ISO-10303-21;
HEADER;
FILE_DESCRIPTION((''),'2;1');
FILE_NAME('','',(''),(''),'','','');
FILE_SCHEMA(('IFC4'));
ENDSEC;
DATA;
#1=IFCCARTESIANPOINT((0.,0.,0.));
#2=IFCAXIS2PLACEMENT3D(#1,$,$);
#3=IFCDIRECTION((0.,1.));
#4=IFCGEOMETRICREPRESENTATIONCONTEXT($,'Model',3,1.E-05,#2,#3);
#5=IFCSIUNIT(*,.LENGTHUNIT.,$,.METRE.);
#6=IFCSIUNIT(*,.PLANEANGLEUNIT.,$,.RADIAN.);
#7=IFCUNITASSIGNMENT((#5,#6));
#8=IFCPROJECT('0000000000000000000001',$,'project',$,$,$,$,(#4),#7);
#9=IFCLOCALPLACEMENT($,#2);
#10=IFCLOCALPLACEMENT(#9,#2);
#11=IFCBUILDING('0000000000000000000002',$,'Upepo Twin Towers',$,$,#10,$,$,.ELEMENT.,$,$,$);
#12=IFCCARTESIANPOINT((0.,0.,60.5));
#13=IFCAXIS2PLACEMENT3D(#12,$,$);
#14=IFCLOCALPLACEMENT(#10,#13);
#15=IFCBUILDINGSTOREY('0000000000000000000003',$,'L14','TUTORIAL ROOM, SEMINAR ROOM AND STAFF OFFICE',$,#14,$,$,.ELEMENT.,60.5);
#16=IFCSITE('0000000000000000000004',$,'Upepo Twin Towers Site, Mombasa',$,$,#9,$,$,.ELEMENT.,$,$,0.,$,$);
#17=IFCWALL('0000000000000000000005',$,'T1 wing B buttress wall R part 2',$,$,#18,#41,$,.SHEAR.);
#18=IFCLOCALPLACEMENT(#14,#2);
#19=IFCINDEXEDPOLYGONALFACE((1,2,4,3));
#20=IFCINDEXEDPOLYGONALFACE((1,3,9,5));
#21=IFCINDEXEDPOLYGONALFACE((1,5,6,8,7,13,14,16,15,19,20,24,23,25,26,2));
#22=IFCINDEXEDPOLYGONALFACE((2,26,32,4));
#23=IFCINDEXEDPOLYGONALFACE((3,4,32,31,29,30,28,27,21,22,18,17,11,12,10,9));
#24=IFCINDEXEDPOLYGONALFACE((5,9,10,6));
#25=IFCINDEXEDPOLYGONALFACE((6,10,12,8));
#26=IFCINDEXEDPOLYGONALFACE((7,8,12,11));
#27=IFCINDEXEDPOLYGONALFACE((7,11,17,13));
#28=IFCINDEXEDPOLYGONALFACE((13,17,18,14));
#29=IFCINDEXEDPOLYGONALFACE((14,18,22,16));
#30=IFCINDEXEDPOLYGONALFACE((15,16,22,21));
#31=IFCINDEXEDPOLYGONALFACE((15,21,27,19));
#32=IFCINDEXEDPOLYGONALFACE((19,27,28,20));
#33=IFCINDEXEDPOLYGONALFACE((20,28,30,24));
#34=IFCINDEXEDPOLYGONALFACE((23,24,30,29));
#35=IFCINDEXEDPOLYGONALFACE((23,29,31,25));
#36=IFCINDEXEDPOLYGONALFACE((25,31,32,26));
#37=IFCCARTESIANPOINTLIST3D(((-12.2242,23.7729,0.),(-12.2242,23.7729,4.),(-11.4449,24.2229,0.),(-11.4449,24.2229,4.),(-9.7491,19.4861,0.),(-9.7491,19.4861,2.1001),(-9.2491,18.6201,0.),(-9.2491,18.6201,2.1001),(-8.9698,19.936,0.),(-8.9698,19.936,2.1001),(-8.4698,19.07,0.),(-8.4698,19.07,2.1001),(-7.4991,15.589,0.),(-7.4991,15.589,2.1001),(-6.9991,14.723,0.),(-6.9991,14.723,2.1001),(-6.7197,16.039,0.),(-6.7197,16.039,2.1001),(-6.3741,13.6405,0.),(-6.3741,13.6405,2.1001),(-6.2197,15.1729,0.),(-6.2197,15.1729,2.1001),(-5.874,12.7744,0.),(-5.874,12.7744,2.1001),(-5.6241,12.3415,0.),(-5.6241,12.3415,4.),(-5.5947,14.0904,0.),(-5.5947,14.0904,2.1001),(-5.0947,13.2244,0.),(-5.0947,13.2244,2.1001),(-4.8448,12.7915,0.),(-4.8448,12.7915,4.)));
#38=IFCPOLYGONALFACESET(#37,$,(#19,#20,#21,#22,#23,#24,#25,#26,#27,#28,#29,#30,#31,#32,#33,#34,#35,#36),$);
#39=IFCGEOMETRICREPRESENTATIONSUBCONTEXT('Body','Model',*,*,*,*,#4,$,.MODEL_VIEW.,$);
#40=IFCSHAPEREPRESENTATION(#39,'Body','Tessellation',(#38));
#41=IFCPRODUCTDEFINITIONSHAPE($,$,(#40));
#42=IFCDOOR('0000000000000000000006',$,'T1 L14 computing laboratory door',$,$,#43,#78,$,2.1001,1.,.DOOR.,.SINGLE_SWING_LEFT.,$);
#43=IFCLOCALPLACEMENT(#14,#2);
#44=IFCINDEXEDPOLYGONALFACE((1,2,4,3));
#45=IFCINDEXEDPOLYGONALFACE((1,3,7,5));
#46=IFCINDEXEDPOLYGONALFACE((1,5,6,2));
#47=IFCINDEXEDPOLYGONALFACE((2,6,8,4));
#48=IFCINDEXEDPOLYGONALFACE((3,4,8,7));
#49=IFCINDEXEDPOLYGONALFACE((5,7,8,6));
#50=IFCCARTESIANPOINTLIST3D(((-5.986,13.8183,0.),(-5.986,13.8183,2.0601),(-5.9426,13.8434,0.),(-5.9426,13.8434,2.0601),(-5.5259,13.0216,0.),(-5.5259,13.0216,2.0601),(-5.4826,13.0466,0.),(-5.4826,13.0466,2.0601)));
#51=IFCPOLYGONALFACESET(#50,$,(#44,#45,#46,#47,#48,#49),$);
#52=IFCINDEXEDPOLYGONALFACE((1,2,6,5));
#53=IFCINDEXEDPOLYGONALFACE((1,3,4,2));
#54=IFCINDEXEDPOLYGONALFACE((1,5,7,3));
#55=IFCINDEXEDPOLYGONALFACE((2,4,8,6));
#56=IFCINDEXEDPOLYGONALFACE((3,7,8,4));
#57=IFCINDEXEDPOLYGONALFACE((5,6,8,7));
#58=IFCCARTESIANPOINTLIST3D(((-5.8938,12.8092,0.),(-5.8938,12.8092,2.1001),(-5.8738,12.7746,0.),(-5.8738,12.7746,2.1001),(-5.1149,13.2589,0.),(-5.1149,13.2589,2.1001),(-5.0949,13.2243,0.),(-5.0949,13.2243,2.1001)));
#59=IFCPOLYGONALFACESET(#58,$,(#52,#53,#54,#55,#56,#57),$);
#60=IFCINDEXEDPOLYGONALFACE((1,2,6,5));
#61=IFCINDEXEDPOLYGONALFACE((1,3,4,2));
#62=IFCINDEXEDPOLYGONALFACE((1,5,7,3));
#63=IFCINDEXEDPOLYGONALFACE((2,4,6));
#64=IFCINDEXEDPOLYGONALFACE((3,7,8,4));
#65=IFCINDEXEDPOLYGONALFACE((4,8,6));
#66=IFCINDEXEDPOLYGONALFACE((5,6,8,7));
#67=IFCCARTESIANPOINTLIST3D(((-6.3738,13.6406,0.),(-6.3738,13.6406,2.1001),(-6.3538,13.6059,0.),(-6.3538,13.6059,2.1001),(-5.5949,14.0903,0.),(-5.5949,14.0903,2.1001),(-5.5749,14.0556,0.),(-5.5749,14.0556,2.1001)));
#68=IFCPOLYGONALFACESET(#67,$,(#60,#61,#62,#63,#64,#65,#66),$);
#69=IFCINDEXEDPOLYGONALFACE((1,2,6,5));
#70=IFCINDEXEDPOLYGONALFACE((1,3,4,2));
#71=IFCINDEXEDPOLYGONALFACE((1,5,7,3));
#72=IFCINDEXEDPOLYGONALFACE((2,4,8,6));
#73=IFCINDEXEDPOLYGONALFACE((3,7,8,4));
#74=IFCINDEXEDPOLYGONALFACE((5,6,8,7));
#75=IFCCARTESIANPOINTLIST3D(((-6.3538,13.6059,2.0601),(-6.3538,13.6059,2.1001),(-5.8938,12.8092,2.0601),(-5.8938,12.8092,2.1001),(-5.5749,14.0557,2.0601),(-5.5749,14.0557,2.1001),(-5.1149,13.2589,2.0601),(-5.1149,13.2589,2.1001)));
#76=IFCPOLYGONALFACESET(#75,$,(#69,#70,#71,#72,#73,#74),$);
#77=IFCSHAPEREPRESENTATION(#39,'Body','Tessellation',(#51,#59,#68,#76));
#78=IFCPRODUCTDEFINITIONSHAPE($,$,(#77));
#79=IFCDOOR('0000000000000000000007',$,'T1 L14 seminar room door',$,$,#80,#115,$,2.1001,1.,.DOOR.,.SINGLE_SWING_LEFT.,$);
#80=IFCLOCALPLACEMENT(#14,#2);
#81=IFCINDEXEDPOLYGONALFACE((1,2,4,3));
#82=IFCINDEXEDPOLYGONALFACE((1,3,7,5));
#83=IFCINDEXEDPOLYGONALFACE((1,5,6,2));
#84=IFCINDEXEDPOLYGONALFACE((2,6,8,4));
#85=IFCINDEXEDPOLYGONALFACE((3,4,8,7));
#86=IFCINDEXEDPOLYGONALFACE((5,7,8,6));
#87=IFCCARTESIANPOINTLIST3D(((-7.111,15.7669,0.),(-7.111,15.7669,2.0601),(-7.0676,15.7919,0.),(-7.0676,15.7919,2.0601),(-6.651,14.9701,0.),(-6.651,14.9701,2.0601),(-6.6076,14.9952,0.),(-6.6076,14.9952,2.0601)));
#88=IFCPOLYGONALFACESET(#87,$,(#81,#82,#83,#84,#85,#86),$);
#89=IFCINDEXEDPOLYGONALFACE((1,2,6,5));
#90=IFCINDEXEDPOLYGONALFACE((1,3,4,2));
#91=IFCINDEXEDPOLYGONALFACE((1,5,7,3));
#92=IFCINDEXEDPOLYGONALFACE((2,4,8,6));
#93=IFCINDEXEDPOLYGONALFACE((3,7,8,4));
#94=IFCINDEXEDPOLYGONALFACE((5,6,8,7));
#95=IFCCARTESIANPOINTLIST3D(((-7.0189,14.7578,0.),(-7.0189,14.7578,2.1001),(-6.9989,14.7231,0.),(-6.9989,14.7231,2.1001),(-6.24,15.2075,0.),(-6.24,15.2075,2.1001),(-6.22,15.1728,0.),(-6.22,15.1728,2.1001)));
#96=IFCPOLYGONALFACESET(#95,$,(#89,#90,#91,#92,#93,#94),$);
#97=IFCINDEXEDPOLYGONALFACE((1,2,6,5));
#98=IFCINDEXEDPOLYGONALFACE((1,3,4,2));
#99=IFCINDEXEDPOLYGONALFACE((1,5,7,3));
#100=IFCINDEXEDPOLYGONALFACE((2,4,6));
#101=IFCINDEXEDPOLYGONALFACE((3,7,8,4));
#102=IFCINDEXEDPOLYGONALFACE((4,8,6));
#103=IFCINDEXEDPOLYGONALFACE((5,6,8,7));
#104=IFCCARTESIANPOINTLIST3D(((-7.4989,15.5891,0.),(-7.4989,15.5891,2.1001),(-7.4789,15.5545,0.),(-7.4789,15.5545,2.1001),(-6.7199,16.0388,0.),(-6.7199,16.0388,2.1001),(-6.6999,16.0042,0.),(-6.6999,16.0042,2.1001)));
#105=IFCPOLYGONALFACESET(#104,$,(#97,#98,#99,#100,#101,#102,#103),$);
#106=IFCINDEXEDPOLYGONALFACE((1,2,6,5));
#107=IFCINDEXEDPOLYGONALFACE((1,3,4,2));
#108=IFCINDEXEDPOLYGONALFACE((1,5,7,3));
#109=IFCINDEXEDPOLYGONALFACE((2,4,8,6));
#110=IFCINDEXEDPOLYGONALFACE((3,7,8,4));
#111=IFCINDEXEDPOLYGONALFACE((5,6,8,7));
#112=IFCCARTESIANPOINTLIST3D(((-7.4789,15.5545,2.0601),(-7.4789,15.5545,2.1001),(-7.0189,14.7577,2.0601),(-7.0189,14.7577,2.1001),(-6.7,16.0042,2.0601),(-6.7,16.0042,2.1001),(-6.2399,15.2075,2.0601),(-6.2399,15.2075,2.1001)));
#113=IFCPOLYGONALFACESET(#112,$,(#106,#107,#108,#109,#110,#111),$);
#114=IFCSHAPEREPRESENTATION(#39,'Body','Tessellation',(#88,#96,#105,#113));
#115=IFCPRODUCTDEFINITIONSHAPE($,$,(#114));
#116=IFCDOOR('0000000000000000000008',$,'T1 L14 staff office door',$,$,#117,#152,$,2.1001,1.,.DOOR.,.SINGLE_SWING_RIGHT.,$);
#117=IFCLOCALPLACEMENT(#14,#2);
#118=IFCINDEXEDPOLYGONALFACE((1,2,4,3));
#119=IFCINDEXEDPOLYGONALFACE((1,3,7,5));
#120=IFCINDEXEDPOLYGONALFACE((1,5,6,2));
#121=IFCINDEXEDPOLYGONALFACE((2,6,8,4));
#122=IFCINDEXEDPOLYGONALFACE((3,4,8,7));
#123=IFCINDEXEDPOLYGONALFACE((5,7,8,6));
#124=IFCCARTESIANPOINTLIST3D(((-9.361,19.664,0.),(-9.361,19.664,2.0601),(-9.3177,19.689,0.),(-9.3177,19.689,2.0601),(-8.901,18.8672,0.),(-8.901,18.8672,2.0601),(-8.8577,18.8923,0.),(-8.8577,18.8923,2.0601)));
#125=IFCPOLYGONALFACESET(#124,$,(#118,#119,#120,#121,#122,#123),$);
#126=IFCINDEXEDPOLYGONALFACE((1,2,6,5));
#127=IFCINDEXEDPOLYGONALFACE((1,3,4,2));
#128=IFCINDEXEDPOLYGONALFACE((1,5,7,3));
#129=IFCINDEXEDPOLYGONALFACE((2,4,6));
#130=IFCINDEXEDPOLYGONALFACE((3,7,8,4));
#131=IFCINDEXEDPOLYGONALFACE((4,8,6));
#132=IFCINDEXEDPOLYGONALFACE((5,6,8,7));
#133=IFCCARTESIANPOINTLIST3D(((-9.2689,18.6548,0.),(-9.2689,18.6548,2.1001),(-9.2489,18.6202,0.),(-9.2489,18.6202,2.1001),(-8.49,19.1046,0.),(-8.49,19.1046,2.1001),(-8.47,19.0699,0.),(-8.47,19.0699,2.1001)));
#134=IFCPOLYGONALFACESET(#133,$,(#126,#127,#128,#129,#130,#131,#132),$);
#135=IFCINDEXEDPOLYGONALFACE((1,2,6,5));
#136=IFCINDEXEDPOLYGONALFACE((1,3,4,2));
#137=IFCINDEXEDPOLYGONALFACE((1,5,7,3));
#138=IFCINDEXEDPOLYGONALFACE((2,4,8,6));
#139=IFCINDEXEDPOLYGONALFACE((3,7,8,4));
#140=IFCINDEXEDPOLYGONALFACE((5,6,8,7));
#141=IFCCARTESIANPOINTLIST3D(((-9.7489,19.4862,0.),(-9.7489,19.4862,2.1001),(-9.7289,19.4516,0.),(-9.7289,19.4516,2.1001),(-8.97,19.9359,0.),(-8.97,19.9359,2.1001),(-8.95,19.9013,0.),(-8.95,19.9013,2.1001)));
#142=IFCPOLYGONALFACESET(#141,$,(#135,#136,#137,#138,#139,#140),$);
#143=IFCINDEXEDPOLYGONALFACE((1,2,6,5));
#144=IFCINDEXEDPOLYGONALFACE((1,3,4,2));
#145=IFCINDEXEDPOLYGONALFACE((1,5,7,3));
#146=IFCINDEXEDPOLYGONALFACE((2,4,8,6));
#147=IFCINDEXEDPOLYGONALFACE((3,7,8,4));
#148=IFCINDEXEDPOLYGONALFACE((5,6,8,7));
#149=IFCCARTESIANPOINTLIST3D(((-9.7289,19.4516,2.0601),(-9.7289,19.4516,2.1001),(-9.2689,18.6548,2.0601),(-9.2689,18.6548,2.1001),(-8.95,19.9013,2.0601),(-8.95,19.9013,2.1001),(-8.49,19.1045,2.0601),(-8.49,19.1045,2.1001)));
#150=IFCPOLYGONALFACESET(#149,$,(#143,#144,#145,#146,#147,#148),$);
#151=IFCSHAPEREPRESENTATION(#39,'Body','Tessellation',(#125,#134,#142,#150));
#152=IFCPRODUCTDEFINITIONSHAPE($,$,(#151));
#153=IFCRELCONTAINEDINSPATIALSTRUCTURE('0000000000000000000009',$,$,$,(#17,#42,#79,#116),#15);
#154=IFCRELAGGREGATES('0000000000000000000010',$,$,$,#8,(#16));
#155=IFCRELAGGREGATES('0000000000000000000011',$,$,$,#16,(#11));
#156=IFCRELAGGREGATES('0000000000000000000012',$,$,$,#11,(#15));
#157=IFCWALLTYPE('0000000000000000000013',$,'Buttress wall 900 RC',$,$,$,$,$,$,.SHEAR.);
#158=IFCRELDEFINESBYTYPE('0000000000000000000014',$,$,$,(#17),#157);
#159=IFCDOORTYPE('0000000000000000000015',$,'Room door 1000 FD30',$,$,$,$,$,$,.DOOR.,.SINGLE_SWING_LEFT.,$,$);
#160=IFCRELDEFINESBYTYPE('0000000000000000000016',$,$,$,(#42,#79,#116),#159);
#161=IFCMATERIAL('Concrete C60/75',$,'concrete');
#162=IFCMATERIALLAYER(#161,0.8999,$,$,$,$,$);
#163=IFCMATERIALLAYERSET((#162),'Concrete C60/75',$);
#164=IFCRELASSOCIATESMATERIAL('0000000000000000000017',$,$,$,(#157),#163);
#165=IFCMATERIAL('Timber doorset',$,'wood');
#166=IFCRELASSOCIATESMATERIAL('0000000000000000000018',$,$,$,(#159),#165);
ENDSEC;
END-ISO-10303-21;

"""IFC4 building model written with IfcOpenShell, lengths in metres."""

from ifc_helpers import new_model, si_unit, direction, frame, frame_2d, origin, place, context, subcontext, project, spatial, rectangle, extrude, material, layer, layer_set, type_object, element, fill, save


model = new_model("IFC4")

# Units and contexts
model_context = context("Model", 3, precision=1e-05, world=origin(), true_north=direction((0.0, 1.0)))
body_context = subcontext(model_context, "Body", "Model", "MODEL_VIEW")
ifc_project = project(units=[si_unit("LENGTHUNIT", "METRE"), si_unit("PLANEANGLEUNIT", "RADIAN")], contexts=[model_context])

# Site, building, storey
site_placement = place(None, origin())
site = spatial("IfcSite", under=ifc_project, at=site_placement, Name="Upepo Twin Towers Site, Mombasa", CompositionType="ELEMENT", RefElevation=0.0)
building_placement = place(site_placement, origin())
building = spatial("IfcBuilding", under=site, at=building_placement, Name="Upepo Twin Towers", CompositionType="ELEMENT")
storey_placement = place(building_placement, frame((0.0, 0.0, 60.5)))
storey = spatial("IfcBuildingStorey", under=building, at=storey_placement, Name="L14", Description="TUTORIAL ROOM, SEMINAR ROOM AND STAFF OFFICE", CompositionType="ELEMENT", Elevation=60.5)

# Wall, openings, doors
ifc_material_1 = material(Name="Concrete C60/75", Category="concrete")
ifc_layer_1 = layer(ifc_material_1, 0.8999)
ifc_layer_set_1 = layer_set([ifc_layer_1], Name="Concrete C60/75")
wall_type_1 = type_object("IfcWallType", Name="Buttress wall 900 RC", PredefinedType="SHEAR", material=ifc_layer_set_1)
ifc_material_2 = material(Name="Timber doorset", Category="wood")
door_type_1 = type_object("IfcDoorType", Name="Room door 1000 FD30", OperationType="SINGLE_SWING_LEFT", PredefinedType="DOOR", material=ifc_material_2)
wall_1_placement = place(storey_placement, frame((-5.2344, 12.5664, 0.0), z_axis=(0.0, 0.0, 1.0), x_axis=(-0.50001, 0.86602, 0.0)))
wall_1 = element("IfcWall", 1, at=wall_1_placement, inside=storey, type_object=wall_type_1, Name="T1 wing B buttress wall R part 2", PredefinedType="SHEAR", context=body_context, shape_type="SweptSolid", body=[
    extrude(rectangle(XDim=13.2, YDim=0.8999, at=frame_2d((6.6001, 0.0))), origin(), (0.0, 0.0, 1.0), 4.0),
])
opening_1_placement = place(wall_1_placement, frame((0.5, 0.0, 0.0)))
opening_1 = element("IfcOpeningElement", 2, at=opening_1_placement, cuts=wall_1, PredefinedType="OPENING", context=body_context, shape_type="SweptSolid", body=[
    extrude(rectangle(XDim=1.0, YDim=2.1001, at=frame_2d((0.5, 1.05))), frame((0.0, 0.46, 0.0), z_axis=(0.0, -1.0, 0.0), x_axis=(1.0, 0.0, 0.0)), (0.0, 0.0, 1.0), 0.9199),
])
opening_2_placement = place(wall_1_placement, frame((2.75, 0.0, 0.0)))
opening_2 = element("IfcOpeningElement", 3, at=opening_2_placement, cuts=wall_1, PredefinedType="OPENING", context=body_context, shape_type="SweptSolid", body=[
    extrude(rectangle(XDim=1.0, YDim=2.1001, at=frame_2d((0.5, 1.05))), frame((0.0, 0.46, 0.0), z_axis=(0.0, -1.0, 0.0), x_axis=(1.0, 0.0, 0.0)), (0.0, 0.0, 1.0), 0.9199),
])
opening_3_placement = place(wall_1_placement, frame((7.25, 0.0, 0.0)))
opening_3 = element("IfcOpeningElement", 4, at=opening_3_placement, cuts=wall_1, PredefinedType="OPENING", context=body_context, shape_type="SweptSolid", body=[
    extrude(rectangle(XDim=1.0, YDim=2.1001, at=frame_2d((0.5, 1.05))), frame((0.0, 0.46, 0.0), z_axis=(0.0, -1.0, 0.0), x_axis=(1.0, 0.0, 0.0)), (0.0, 0.0, 1.0), 0.9199),
])
door_1_placement = place(opening_1_placement, origin())
door_1 = element("IfcDoor", 5, at=door_1_placement, inside=storey, type_object=door_type_1, Name="T1 L14 computing laboratory door", OperationType="SINGLE_SWING_LEFT", OverallHeight=2.1001, OverallWidth=1.0, PredefinedType="DOOR", context=body_context, shape_type="SweptSolid", body=[
    extrude(rectangle(XDim=0.92, YDim=2.0601, at=frame_2d((0.5, 1.03))), frame((0.0, 0.0249, 0.0), z_axis=(0.0, -1.0, 0.0), x_axis=(1.0, 0.0, 0.0)), (0.0, 0.0, 1.0), 0.05),
    extrude(rectangle(XDim=0.04, YDim=2.1001, at=frame_2d((0.02, 1.05))), frame((0.0, 0.4497, 0.0), z_axis=(0.0, -1.0, 0.0), x_axis=(1.0, 0.0, 0.0)), (0.0, 0.0, 1.0), 0.8994),
    extrude(rectangle(XDim=0.04, YDim=2.1001, at=frame_2d((0.98, 1.05))), frame((0.0, 0.4497, 0.0), z_axis=(0.0, -1.0, 0.0), x_axis=(1.0, 0.0, 0.0)), (0.0, 0.0, 1.0), 0.8994),
    extrude(rectangle(XDim=0.92, YDim=0.04, at=frame_2d((0.5, 2.0801))), frame((0.0, 0.4497, 0.0), z_axis=(0.0, -1.0, 0.0), x_axis=(1.0, 0.0, 0.0)), (0.0, 0.0, 1.0), 0.8994),
])
fill(opening_1, door_1)
door_2_placement = place(opening_2_placement, origin())
door_2 = element("IfcDoor", 6, at=door_2_placement, inside=storey, type_object=door_type_1, Name="T1 L14 seminar room door", OperationType="SINGLE_SWING_LEFT", OverallHeight=2.1001, OverallWidth=1.0, PredefinedType="DOOR", context=body_context, shape_type="SweptSolid", body=[
    extrude(rectangle(XDim=0.92, YDim=2.0601, at=frame_2d((0.5, 1.03))), frame((0.0, 0.0249, 0.0), z_axis=(0.0, -1.0, 0.0), x_axis=(1.0, 0.0, 0.0)), (0.0, 0.0, 1.0), 0.05),
    extrude(rectangle(XDim=0.04, YDim=2.1001, at=frame_2d((0.02, 1.05))), frame((0.0, 0.4497, 0.0), z_axis=(0.0, -1.0, 0.0), x_axis=(1.0, 0.0, 0.0)), (0.0, 0.0, 1.0), 0.8994),
    extrude(rectangle(XDim=0.04, YDim=2.1001, at=frame_2d((0.98, 1.05))), frame((0.0, 0.4497, 0.0), z_axis=(0.0, -1.0, 0.0), x_axis=(1.0, 0.0, 0.0)), (0.0, 0.0, 1.0), 0.8994),
    extrude(rectangle(XDim=0.92, YDim=0.04, at=frame_2d((0.5, 2.0801))), frame((0.0, 0.4497, 0.0), z_axis=(0.0, -1.0, 0.0), x_axis=(1.0, 0.0, 0.0)), (0.0, 0.0, 1.0), 0.8994),
])
fill(opening_2, door_2)
door_3_placement = place(opening_3_placement, origin())
door_3 = element("IfcDoor", 7, at=door_3_placement, inside=storey, type_object=door_type_1, Name="T1 L14 staff office door", OperationType="SINGLE_SWING_RIGHT", OverallHeight=2.1001, OverallWidth=1.0, PredefinedType="DOOR", context=body_context, shape_type="SweptSolid", body=[
    extrude(rectangle(XDim=0.92, YDim=2.0601, at=frame_2d((0.5, 1.03))), frame((0.0, 0.0249, 0.0), z_axis=(0.0, -1.0, 0.0), x_axis=(1.0, 0.0, 0.0)), (0.0, 0.0, 1.0), 0.05),
    extrude(rectangle(XDim=0.04, YDim=2.1001, at=frame_2d((0.02, 1.05))), frame((0.0, 0.4497, 0.0), z_axis=(0.0, -1.0, 0.0), x_axis=(1.0, 0.0, 0.0)), (0.0, 0.0, 1.0), 0.8994),
    extrude(rectangle(XDim=0.04, YDim=2.1001, at=frame_2d((0.98, 1.05))), frame((0.0, 0.4497, 0.0), z_axis=(0.0, -1.0, 0.0), x_axis=(1.0, 0.0, 0.0)), (0.0, 0.0, 1.0), 0.8994),
    extrude(rectangle(XDim=0.92, YDim=0.04, at=frame_2d((0.5, 2.0801))), frame((0.0, 0.4497, 0.0), z_axis=(0.0, -1.0, 0.0), x_axis=(1.0, 0.0, 0.0)), (0.0, 0.0, 1.0), 0.8994),
])
fill(opening_3, door_3)

save(model, "model.ifc")
